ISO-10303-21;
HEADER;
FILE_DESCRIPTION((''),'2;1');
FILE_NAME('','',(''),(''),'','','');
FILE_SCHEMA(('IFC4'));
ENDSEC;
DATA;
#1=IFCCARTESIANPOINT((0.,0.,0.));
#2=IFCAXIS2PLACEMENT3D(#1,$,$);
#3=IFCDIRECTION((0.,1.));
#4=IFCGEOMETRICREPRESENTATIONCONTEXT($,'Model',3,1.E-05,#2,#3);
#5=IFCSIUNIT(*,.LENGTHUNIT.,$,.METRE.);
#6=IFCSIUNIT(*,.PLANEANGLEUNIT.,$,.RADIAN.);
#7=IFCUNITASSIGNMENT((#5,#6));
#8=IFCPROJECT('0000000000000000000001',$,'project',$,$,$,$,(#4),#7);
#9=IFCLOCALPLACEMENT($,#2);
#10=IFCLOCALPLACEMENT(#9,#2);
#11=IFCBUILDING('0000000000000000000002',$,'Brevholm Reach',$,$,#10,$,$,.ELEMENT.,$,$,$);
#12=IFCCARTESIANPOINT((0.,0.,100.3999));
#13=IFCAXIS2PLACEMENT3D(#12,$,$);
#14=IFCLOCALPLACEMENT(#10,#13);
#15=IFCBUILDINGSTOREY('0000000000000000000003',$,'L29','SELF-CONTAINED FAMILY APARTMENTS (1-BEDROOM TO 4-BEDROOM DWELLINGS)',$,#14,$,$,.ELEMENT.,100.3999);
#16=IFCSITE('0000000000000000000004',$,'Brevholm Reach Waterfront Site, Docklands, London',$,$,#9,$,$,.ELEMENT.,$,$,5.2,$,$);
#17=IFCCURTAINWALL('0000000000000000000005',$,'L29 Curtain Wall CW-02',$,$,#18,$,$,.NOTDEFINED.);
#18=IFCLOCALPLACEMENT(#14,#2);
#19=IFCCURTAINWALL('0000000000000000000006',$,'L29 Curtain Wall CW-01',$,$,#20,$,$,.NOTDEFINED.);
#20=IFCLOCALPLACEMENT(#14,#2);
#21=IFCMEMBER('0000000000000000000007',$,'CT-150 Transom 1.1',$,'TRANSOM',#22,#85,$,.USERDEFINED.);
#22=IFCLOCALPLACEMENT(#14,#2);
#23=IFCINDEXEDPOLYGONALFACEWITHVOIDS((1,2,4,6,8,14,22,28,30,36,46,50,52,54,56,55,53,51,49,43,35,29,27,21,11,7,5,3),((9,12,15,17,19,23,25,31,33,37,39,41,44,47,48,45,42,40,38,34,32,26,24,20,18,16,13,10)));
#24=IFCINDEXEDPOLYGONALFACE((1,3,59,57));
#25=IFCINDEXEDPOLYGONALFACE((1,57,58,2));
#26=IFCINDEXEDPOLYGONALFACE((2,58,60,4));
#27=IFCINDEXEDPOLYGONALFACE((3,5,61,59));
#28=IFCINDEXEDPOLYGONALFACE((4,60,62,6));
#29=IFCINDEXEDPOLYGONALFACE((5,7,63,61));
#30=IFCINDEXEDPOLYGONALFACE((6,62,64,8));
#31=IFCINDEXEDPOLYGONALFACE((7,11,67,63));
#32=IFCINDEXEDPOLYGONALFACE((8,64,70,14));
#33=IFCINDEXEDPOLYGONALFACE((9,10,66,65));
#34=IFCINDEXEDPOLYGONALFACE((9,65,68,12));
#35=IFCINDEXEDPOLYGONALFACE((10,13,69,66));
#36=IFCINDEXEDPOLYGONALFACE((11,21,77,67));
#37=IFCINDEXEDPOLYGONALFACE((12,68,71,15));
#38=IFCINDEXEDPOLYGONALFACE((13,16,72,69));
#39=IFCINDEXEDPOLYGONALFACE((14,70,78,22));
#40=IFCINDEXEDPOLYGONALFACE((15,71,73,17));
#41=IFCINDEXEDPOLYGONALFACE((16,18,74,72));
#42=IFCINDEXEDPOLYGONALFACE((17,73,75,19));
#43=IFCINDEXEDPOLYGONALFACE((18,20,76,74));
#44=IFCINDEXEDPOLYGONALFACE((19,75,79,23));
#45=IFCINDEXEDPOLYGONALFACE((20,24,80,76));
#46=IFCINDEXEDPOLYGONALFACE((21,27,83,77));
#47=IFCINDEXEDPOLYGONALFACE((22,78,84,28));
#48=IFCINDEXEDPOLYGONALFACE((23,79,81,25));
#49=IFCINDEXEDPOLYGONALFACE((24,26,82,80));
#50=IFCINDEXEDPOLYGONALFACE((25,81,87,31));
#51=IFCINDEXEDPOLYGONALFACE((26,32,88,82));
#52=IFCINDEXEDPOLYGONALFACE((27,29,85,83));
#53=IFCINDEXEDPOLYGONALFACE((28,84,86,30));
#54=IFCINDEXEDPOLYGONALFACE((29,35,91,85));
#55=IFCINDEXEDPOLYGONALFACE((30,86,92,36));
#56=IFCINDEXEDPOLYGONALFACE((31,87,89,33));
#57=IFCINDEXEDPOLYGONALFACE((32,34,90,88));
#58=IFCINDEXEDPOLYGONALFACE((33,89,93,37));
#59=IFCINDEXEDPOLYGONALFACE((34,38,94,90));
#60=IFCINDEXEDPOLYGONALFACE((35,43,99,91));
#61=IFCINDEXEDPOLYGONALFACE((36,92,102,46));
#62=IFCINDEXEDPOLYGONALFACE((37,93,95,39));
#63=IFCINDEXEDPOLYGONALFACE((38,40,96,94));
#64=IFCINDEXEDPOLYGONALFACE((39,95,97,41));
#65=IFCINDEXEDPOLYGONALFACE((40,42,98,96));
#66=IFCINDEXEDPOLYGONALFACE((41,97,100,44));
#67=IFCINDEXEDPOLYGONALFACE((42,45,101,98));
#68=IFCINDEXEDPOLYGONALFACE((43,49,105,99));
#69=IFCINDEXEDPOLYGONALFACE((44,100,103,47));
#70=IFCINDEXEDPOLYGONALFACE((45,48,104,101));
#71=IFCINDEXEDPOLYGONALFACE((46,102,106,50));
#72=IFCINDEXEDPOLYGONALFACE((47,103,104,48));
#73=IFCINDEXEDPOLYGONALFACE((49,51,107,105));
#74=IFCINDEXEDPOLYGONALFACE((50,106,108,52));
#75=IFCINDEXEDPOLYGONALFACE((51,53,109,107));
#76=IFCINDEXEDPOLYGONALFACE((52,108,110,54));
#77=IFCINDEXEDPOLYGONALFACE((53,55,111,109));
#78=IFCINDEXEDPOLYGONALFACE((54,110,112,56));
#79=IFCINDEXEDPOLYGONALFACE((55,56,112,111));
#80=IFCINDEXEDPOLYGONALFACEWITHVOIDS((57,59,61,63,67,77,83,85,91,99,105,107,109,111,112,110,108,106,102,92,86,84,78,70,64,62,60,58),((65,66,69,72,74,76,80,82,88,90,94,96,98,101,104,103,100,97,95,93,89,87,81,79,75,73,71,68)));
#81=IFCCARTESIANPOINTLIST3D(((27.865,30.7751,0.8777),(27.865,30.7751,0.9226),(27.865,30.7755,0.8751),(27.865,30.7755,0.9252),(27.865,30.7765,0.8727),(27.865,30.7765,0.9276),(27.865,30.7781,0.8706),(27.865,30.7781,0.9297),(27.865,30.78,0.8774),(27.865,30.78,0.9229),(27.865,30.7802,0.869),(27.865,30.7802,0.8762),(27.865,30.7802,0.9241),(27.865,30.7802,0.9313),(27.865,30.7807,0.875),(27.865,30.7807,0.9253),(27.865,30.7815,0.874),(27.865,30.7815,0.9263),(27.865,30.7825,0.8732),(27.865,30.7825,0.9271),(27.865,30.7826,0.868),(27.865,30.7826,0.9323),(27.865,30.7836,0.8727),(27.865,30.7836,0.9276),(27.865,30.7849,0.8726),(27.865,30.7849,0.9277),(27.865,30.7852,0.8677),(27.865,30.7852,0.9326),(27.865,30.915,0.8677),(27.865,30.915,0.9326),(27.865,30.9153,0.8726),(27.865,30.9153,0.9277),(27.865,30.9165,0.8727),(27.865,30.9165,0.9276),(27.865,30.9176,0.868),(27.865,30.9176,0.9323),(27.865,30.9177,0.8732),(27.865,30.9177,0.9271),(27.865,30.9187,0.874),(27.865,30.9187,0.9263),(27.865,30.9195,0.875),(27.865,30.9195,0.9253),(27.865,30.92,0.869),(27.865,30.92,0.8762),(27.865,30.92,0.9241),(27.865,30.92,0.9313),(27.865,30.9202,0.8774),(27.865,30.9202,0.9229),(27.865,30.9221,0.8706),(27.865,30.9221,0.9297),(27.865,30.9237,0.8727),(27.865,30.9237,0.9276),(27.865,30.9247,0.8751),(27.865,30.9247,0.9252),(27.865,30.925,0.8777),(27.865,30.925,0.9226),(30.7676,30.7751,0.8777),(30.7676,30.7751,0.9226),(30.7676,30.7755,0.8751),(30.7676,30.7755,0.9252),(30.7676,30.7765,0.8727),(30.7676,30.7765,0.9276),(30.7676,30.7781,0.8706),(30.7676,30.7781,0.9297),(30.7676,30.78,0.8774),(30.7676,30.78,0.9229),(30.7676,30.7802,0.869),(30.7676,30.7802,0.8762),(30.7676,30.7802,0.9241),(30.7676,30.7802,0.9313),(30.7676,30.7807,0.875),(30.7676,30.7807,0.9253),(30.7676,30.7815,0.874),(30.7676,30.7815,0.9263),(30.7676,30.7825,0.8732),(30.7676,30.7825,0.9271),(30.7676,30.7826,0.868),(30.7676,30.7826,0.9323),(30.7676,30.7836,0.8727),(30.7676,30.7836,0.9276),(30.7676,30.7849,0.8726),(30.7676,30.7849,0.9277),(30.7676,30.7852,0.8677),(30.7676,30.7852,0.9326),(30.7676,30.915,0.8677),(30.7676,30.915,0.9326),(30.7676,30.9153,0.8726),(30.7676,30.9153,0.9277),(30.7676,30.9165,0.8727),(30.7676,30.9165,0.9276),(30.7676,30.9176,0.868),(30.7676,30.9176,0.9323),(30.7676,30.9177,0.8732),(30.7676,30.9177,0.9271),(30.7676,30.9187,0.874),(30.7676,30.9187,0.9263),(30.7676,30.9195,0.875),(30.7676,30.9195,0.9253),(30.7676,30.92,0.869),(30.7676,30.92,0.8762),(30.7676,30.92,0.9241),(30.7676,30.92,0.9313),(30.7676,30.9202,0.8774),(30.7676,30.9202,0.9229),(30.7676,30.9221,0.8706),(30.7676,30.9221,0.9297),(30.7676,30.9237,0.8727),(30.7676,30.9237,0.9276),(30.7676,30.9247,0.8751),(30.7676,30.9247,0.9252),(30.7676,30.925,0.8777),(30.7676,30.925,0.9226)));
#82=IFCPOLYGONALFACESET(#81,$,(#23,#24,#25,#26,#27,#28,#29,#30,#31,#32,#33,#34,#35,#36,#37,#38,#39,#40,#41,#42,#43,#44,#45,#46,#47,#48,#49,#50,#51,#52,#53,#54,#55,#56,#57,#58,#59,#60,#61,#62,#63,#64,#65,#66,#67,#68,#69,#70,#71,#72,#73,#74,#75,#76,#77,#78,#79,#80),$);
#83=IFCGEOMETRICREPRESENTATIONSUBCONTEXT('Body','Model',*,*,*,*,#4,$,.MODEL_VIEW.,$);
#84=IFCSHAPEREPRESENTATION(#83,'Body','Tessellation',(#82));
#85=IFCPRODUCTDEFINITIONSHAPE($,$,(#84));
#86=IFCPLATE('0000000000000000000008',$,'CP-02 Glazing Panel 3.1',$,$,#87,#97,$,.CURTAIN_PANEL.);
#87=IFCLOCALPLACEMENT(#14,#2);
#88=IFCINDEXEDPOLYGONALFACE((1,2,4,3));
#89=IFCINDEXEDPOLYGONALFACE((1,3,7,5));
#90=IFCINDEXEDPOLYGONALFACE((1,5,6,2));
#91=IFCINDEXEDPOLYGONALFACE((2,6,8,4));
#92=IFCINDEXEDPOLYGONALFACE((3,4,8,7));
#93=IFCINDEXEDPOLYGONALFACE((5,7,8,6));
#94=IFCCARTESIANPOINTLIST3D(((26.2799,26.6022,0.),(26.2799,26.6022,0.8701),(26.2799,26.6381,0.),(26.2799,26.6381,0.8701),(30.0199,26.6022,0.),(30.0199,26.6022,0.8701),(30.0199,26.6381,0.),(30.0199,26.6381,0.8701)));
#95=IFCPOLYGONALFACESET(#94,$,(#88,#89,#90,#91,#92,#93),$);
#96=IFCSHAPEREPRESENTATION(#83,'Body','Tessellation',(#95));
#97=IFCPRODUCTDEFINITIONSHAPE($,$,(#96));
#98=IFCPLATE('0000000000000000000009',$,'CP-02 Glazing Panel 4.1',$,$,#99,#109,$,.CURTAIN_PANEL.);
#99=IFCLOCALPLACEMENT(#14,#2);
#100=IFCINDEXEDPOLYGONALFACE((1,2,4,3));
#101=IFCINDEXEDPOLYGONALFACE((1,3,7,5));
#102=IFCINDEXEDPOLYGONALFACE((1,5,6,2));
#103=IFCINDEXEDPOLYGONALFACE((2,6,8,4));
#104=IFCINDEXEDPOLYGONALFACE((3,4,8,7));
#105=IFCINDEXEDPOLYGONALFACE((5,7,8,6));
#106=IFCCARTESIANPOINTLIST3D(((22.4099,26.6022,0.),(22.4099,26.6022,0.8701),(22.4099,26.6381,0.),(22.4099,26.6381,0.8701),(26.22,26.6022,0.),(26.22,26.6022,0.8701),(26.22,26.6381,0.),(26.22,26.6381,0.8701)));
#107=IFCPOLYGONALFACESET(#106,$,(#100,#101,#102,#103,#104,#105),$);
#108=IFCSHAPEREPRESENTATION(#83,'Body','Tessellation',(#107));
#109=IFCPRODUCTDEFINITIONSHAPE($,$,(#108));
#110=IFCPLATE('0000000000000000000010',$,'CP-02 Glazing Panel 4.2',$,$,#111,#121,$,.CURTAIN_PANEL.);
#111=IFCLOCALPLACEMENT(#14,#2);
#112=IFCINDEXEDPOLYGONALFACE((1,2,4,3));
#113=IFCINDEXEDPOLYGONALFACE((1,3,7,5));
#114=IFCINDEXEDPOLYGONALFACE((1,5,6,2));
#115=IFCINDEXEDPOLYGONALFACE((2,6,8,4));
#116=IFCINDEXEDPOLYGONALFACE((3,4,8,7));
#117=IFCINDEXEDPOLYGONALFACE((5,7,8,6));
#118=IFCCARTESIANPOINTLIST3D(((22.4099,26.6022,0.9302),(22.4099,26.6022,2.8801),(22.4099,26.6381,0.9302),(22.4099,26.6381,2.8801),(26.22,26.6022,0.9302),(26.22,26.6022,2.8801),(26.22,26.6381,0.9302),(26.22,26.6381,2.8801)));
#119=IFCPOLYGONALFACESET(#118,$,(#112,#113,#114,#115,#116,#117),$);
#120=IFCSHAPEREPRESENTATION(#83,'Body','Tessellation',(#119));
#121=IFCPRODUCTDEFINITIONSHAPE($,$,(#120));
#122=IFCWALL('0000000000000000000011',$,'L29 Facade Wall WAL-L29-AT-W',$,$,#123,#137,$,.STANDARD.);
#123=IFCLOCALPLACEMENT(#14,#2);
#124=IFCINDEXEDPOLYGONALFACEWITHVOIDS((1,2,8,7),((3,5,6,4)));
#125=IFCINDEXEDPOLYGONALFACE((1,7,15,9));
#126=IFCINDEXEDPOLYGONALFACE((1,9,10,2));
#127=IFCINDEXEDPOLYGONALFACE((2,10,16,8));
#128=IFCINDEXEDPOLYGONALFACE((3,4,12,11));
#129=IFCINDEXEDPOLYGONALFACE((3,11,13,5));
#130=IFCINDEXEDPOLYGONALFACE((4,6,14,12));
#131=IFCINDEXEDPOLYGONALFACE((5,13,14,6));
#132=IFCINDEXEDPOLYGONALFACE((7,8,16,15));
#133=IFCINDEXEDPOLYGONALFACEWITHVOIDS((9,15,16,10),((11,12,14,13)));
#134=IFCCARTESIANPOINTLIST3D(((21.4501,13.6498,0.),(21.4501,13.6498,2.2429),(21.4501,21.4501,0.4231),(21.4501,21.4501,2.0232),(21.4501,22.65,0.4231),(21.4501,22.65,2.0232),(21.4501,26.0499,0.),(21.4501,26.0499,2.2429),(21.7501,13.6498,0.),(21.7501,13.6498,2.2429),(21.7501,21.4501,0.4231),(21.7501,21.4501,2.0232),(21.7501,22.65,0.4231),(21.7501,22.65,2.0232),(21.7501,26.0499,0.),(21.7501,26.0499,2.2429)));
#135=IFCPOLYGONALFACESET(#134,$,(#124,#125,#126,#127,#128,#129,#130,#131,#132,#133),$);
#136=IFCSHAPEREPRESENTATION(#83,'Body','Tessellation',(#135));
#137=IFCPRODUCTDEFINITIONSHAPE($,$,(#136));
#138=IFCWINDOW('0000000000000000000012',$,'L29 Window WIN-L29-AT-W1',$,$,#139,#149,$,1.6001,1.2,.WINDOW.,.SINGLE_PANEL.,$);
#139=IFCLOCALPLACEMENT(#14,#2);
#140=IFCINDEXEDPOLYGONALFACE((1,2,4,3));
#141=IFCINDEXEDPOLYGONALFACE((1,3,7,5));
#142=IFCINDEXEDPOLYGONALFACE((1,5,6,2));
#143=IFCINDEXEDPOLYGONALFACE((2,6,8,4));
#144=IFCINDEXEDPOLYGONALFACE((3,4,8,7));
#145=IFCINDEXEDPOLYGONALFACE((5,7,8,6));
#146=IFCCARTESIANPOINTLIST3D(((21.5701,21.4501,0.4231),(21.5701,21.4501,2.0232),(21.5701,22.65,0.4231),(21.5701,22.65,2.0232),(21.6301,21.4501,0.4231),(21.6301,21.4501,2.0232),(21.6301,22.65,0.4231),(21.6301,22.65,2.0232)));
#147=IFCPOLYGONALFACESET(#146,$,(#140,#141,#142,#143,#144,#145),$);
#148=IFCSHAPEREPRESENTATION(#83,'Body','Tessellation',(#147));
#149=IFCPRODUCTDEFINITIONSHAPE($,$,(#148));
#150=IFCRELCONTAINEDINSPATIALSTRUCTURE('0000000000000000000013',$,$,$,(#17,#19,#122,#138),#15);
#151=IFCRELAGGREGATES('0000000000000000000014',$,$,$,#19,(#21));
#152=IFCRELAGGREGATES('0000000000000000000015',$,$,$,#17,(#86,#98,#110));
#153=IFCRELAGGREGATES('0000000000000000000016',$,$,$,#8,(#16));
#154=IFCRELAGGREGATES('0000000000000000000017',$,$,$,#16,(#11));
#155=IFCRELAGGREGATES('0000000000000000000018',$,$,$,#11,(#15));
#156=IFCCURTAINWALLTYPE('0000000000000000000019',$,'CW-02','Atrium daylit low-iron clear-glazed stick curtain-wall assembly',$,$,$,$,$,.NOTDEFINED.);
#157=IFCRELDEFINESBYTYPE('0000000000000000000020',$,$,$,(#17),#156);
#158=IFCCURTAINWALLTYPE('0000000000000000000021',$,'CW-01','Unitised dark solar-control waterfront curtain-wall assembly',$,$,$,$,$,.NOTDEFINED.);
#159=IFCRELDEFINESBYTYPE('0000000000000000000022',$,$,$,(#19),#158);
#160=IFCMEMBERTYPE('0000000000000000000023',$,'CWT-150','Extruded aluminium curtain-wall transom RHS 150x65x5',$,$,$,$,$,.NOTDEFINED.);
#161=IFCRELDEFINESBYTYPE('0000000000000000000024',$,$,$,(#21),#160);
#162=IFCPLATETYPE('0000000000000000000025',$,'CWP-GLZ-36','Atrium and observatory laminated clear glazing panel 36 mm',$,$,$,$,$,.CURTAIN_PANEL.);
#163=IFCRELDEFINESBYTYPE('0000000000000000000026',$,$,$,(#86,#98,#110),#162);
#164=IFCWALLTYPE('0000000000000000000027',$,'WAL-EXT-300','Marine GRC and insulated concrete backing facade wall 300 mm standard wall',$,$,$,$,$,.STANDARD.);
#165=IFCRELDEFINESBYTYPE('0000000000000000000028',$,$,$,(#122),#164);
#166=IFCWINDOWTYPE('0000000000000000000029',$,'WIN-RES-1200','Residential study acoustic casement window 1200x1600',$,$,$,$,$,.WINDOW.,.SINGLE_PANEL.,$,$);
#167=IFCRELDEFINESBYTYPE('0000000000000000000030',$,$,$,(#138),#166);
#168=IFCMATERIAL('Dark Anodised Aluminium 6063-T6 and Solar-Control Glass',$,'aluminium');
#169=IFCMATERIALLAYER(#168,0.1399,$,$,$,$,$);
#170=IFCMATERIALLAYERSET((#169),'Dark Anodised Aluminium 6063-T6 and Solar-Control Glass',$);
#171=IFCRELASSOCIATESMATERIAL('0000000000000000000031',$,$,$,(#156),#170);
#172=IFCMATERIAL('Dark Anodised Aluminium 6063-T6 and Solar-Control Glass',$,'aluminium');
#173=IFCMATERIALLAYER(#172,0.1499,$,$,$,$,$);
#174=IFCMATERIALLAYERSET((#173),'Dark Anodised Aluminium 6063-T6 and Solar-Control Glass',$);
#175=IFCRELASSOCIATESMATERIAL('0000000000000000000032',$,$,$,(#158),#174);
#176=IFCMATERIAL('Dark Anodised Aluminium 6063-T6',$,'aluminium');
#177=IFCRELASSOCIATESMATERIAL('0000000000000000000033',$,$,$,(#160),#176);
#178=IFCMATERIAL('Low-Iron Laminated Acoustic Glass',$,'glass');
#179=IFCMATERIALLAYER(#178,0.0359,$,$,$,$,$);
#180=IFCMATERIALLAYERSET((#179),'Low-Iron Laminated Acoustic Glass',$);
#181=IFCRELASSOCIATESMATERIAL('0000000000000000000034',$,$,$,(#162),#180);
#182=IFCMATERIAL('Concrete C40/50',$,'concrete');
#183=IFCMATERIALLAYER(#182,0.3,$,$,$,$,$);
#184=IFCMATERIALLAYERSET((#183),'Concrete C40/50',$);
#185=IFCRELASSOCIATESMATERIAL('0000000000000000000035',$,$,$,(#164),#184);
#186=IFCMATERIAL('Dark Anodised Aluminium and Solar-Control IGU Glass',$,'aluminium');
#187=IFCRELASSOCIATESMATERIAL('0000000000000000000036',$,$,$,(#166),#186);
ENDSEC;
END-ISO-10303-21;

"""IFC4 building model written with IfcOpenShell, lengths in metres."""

from ifc_helpers import new_model, si_unit, direction, frame, frame_2d, origin, origin_2d, place, context, subcontext, project, spatial, rectangle, hollow_rectangle, extrude, material, layer, layer_set, material_profile, profile_set, type_object, element, fill, aggregate, save


model = new_model("IFC4")

# Units and contexts
model_context = context("Model", 3, precision=1e-05, world=origin(), true_north=direction((0.0, 1.0)))
body_context = subcontext(model_context, "Body", "Model", "MODEL_VIEW")
ifc_project = project(units=[si_unit("LENGTHUNIT", "METRE"), si_unit("PLANEANGLEUNIT", "RADIAN")], contexts=[model_context])

# Site, building, storey
site_placement = place(None, origin())
site = spatial("IfcSite", under=ifc_project, at=site_placement, Name="Brevholm Reach Waterfront Site, Docklands, London", CompositionType="ELEMENT", RefElevation=5.2)
building_placement = place(site_placement, origin())
building = spatial("IfcBuilding", under=site, at=building_placement, Name="Brevholm Reach", CompositionType="ELEMENT")
storey_placement = place(building_placement, frame((0.0, 0.0, 100.3999)))
storey = spatial("IfcBuildingStorey", under=building, at=storey_placement, Name="L29", Description="SELF-CONTAINED FAMILY APARTMENTS (1-BEDROOM TO 4-BEDROOM DWELLINGS)", CompositionType="ELEMENT", Elevation=100.3999)

# Curtain wall
ifc_material_1 = material(Name="Dark Anodised Aluminium 6063-T6 and Solar-Control Glass", Category="aluminium")
ifc_layer_1 = layer(ifc_material_1, 0.1399)
ifc_layer_set_1 = layer_set([ifc_layer_1], Name="Dark Anodised Aluminium 6063-T6 and Solar-Control Glass")
curtain_wall_type_1 = type_object("IfcCurtainWallType", Name="CW-02", Description="Atrium daylit low-iron clear-glazed stick curtain-wall assembly", PredefinedType="NOTDEFINED", material=ifc_layer_set_1)
curtain_wall_1_placement = place(storey_placement, origin())
curtain_wall_1 = element("IfcCurtainWall", 1, at=curtain_wall_1_placement, inside=storey, type_object=curtain_wall_type_1, Name="L29 Curtain Wall CW-02", PredefinedType="NOTDEFINED")

# Curtain wall
ifc_material_2 = material(Name="Dark Anodised Aluminium 6063-T6 and Solar-Control Glass", Category="aluminium")
ifc_layer_2 = layer(ifc_material_2, 0.1499)
ifc_layer_set_2 = layer_set([ifc_layer_2], Name="Dark Anodised Aluminium 6063-T6 and Solar-Control Glass")
curtain_wall_type_2 = type_object("IfcCurtainWallType", Name="CW-01", Description="Unitised dark solar-control waterfront curtain-wall assembly", PredefinedType="NOTDEFINED", material=ifc_layer_set_2)
curtain_wall_2_placement = place(storey_placement, origin())
curtain_wall_2 = element("IfcCurtainWall", 2, at=curtain_wall_2_placement, inside=storey, type_object=curtain_wall_type_2, Name="L29 Curtain Wall CW-01", PredefinedType="NOTDEFINED")

# Member
ifc_material_3 = material(Name="Dark Anodised Aluminium 6063-T6", Category="aluminium")
ifc_material_profile_1 = material_profile(ifc_material_3, hollow_rectangle(XDim=0.0649, YDim=0.1499, WallThickness=0.0049, InnerFilletRadius=0.0049, OuterFilletRadius=0.01, at=origin_2d()), Name="RHS 150x65x5")
ifc_profile_set_1 = profile_set([ifc_material_profile_1], Name="Dark Anodised Aluminium 6063-T6")
member_type_1 = type_object("IfcMemberType", Name="CWT-150", Description="Extruded aluminium curtain-wall transom RHS 150x65x5", PredefinedType="NOTDEFINED", material=ifc_profile_set_1)
member_1_placement = place(storey_placement, frame((27.865, 30.8501, 0.9001), z_axis=(1.0, 0.0, 0.0), x_axis=(0.0, 0.0, 1.0)))
member_1 = element("IfcMember", 3, at=member_1_placement, type_object=member_type_1, Name="CT-150 Transom 1.1", ObjectType="TRANSOM", PredefinedType="USERDEFINED", context=body_context, shape_type="SweptSolid", body=[
    extrude(hollow_rectangle(XDim=0.0649, YDim=0.1499, WallThickness=0.0049, InnerFilletRadius=0.0049, OuterFilletRadius=0.01, at=origin_2d()), origin(), (0.0, 0.0, 1.0), 2.9026),
])
aggregate(curtain_wall_2, [member_1])

# Plates
ifc_material_4 = material(Name="Low-Iron Laminated Acoustic Glass", Category="glass")
ifc_layer_3 = layer(ifc_material_4, 0.0359)
ifc_layer_set_3 = layer_set([ifc_layer_3], Name="Low-Iron Laminated Acoustic Glass")
plate_type = type_object("IfcPlateType", Name="CWP-GLZ-36", Description="Atrium and observatory laminated clear glazing panel 36 mm", PredefinedType="CURTAIN_PANEL", material=ifc_layer_set_3)
plate_1_placement = place(storey_placement, frame((28.1499, 26.6201, 0.0), z_axis=(0.0, 0.0, 1.0), x_axis=(-1.0, 0.0, 0.0)))
plate_1 = element("IfcPlate", 4, at=plate_1_placement, type_object=plate_type, Name="CP-02 Glazing Panel 3.1", PredefinedType="CURTAIN_PANEL", context=body_context, shape_type="SweptSolid", body=[
    extrude(rectangle(XDim=3.74, YDim=0.0359, at=origin_2d()), origin(), (0.0, 0.0, 1.0), 0.8701),
])
plate_2_placement = place(storey_placement, frame((24.3149, 26.6201, 0.0), z_axis=(0.0, 0.0, 1.0), x_axis=(-1.0, 0.0, 0.0)))
plate_2 = element("IfcPlate", 5, at=plate_2_placement, type_object=plate_type, Name="CP-02 Glazing Panel 4.1", PredefinedType="CURTAIN_PANEL", context=body_context, shape_type="SweptSolid", body=[
    extrude(rectangle(XDim=3.8101, YDim=0.0359, at=origin_2d()), origin(), (0.0, 0.0, 1.0), 0.8701),
])
plate_3_placement = place(storey_placement, frame((24.3149, 26.6201, 0.9302), z_axis=(0.0, 0.0, 1.0), x_axis=(-1.0, 0.0, 0.0)))
plate_3 = element("IfcPlate", 6, at=plate_3_placement, type_object=plate_type, Name="CP-02 Glazing Panel 4.2", PredefinedType="CURTAIN_PANEL", context=body_context, shape_type="SweptSolid", body=[
    extrude(rectangle(XDim=3.8101, YDim=0.0359, at=origin_2d()), origin(), (0.0, 0.0, 1.0), 1.95),
])
aggregate(curtain_wall_1, [plate_1, plate_2, plate_3])

# Wall, opening, window
ifc_material_5 = material(Name="Concrete C40/50", Category="concrete")
ifc_layer_4 = layer(ifc_material_5, 0.3)
ifc_layer_set_4 = layer_set([ifc_layer_4], Name="Concrete C40/50")
wall_type = type_object("IfcWallType", Name="WAL-EXT-300", Description="Marine GRC and insulated concrete backing facade wall 300 mm standard wall", PredefinedType="STANDARD", material=ifc_layer_set_4)
wall_placement = place(storey_placement, frame((21.6001, 26.05, 0.0), z_axis=(0.0, 0.0, 1.0), x_axis=(0.0, -1.0, 0.0)))
wall = element("IfcWall", 7, at=wall_placement, inside=storey, type_object=wall_type, Name="L29 Facade Wall WAL-L29-AT-W", PredefinedType="STANDARD", context=body_context, shape_type="SweptSolid", body=[
    extrude(rectangle(XDim=12.4001, YDim=0.3, at=frame_2d((6.2002, 0.0))), origin(), (0.0, 0.0, 1.0), 2.2429),
])
opening_placement = place(wall_placement, frame((3.3999, 0.0, 0.4231)))
opening = element("IfcOpeningElement", 8, at=opening_placement, cuts=wall, PredefinedType="OPENING", context=body_context, shape_type="SweptSolid", body=[
    extrude(rectangle(XDim=1.2, YDim=1.6001, at=frame_2d((0.6001, 0.8))), frame((0.0, 0.1599, 0.0), z_axis=(0.0, -1.0, 0.0), x_axis=(1.0, 0.0, 0.0)), (0.0, 0.0, 1.0), 0.3201),
])
ifc_material_6 = material(Name="Dark Anodised Aluminium and Solar-Control IGU Glass", Category="aluminium")
window_type = type_object("IfcWindowType", Name="WIN-RES-1200", Description="Residential study acoustic casement window 1200x1600", PartitioningType="SINGLE_PANEL", PredefinedType="WINDOW", material=ifc_material_6)
window_placement = place(opening_placement, origin())
window = element("IfcWindow", 9, at=window_placement, inside=storey, type_object=window_type, Name="L29 Window WIN-L29-AT-W1", OverallHeight=1.6001, OverallWidth=1.2, PartitioningType="SINGLE_PANEL", PredefinedType="WINDOW", context=body_context, shape_type="SweptSolid", body=[
    extrude(rectangle(XDim=1.2, YDim=1.6001, at=frame_2d((0.6001, 0.8))), frame((0.0, 0.03, 0.0), z_axis=(0.0, -1.0, 0.0), x_axis=(1.0, 0.0, 0.0)), (0.0, 0.0, 1.0), 0.0601),
])
fill(opening, window)

save(model, "model.ifc")
